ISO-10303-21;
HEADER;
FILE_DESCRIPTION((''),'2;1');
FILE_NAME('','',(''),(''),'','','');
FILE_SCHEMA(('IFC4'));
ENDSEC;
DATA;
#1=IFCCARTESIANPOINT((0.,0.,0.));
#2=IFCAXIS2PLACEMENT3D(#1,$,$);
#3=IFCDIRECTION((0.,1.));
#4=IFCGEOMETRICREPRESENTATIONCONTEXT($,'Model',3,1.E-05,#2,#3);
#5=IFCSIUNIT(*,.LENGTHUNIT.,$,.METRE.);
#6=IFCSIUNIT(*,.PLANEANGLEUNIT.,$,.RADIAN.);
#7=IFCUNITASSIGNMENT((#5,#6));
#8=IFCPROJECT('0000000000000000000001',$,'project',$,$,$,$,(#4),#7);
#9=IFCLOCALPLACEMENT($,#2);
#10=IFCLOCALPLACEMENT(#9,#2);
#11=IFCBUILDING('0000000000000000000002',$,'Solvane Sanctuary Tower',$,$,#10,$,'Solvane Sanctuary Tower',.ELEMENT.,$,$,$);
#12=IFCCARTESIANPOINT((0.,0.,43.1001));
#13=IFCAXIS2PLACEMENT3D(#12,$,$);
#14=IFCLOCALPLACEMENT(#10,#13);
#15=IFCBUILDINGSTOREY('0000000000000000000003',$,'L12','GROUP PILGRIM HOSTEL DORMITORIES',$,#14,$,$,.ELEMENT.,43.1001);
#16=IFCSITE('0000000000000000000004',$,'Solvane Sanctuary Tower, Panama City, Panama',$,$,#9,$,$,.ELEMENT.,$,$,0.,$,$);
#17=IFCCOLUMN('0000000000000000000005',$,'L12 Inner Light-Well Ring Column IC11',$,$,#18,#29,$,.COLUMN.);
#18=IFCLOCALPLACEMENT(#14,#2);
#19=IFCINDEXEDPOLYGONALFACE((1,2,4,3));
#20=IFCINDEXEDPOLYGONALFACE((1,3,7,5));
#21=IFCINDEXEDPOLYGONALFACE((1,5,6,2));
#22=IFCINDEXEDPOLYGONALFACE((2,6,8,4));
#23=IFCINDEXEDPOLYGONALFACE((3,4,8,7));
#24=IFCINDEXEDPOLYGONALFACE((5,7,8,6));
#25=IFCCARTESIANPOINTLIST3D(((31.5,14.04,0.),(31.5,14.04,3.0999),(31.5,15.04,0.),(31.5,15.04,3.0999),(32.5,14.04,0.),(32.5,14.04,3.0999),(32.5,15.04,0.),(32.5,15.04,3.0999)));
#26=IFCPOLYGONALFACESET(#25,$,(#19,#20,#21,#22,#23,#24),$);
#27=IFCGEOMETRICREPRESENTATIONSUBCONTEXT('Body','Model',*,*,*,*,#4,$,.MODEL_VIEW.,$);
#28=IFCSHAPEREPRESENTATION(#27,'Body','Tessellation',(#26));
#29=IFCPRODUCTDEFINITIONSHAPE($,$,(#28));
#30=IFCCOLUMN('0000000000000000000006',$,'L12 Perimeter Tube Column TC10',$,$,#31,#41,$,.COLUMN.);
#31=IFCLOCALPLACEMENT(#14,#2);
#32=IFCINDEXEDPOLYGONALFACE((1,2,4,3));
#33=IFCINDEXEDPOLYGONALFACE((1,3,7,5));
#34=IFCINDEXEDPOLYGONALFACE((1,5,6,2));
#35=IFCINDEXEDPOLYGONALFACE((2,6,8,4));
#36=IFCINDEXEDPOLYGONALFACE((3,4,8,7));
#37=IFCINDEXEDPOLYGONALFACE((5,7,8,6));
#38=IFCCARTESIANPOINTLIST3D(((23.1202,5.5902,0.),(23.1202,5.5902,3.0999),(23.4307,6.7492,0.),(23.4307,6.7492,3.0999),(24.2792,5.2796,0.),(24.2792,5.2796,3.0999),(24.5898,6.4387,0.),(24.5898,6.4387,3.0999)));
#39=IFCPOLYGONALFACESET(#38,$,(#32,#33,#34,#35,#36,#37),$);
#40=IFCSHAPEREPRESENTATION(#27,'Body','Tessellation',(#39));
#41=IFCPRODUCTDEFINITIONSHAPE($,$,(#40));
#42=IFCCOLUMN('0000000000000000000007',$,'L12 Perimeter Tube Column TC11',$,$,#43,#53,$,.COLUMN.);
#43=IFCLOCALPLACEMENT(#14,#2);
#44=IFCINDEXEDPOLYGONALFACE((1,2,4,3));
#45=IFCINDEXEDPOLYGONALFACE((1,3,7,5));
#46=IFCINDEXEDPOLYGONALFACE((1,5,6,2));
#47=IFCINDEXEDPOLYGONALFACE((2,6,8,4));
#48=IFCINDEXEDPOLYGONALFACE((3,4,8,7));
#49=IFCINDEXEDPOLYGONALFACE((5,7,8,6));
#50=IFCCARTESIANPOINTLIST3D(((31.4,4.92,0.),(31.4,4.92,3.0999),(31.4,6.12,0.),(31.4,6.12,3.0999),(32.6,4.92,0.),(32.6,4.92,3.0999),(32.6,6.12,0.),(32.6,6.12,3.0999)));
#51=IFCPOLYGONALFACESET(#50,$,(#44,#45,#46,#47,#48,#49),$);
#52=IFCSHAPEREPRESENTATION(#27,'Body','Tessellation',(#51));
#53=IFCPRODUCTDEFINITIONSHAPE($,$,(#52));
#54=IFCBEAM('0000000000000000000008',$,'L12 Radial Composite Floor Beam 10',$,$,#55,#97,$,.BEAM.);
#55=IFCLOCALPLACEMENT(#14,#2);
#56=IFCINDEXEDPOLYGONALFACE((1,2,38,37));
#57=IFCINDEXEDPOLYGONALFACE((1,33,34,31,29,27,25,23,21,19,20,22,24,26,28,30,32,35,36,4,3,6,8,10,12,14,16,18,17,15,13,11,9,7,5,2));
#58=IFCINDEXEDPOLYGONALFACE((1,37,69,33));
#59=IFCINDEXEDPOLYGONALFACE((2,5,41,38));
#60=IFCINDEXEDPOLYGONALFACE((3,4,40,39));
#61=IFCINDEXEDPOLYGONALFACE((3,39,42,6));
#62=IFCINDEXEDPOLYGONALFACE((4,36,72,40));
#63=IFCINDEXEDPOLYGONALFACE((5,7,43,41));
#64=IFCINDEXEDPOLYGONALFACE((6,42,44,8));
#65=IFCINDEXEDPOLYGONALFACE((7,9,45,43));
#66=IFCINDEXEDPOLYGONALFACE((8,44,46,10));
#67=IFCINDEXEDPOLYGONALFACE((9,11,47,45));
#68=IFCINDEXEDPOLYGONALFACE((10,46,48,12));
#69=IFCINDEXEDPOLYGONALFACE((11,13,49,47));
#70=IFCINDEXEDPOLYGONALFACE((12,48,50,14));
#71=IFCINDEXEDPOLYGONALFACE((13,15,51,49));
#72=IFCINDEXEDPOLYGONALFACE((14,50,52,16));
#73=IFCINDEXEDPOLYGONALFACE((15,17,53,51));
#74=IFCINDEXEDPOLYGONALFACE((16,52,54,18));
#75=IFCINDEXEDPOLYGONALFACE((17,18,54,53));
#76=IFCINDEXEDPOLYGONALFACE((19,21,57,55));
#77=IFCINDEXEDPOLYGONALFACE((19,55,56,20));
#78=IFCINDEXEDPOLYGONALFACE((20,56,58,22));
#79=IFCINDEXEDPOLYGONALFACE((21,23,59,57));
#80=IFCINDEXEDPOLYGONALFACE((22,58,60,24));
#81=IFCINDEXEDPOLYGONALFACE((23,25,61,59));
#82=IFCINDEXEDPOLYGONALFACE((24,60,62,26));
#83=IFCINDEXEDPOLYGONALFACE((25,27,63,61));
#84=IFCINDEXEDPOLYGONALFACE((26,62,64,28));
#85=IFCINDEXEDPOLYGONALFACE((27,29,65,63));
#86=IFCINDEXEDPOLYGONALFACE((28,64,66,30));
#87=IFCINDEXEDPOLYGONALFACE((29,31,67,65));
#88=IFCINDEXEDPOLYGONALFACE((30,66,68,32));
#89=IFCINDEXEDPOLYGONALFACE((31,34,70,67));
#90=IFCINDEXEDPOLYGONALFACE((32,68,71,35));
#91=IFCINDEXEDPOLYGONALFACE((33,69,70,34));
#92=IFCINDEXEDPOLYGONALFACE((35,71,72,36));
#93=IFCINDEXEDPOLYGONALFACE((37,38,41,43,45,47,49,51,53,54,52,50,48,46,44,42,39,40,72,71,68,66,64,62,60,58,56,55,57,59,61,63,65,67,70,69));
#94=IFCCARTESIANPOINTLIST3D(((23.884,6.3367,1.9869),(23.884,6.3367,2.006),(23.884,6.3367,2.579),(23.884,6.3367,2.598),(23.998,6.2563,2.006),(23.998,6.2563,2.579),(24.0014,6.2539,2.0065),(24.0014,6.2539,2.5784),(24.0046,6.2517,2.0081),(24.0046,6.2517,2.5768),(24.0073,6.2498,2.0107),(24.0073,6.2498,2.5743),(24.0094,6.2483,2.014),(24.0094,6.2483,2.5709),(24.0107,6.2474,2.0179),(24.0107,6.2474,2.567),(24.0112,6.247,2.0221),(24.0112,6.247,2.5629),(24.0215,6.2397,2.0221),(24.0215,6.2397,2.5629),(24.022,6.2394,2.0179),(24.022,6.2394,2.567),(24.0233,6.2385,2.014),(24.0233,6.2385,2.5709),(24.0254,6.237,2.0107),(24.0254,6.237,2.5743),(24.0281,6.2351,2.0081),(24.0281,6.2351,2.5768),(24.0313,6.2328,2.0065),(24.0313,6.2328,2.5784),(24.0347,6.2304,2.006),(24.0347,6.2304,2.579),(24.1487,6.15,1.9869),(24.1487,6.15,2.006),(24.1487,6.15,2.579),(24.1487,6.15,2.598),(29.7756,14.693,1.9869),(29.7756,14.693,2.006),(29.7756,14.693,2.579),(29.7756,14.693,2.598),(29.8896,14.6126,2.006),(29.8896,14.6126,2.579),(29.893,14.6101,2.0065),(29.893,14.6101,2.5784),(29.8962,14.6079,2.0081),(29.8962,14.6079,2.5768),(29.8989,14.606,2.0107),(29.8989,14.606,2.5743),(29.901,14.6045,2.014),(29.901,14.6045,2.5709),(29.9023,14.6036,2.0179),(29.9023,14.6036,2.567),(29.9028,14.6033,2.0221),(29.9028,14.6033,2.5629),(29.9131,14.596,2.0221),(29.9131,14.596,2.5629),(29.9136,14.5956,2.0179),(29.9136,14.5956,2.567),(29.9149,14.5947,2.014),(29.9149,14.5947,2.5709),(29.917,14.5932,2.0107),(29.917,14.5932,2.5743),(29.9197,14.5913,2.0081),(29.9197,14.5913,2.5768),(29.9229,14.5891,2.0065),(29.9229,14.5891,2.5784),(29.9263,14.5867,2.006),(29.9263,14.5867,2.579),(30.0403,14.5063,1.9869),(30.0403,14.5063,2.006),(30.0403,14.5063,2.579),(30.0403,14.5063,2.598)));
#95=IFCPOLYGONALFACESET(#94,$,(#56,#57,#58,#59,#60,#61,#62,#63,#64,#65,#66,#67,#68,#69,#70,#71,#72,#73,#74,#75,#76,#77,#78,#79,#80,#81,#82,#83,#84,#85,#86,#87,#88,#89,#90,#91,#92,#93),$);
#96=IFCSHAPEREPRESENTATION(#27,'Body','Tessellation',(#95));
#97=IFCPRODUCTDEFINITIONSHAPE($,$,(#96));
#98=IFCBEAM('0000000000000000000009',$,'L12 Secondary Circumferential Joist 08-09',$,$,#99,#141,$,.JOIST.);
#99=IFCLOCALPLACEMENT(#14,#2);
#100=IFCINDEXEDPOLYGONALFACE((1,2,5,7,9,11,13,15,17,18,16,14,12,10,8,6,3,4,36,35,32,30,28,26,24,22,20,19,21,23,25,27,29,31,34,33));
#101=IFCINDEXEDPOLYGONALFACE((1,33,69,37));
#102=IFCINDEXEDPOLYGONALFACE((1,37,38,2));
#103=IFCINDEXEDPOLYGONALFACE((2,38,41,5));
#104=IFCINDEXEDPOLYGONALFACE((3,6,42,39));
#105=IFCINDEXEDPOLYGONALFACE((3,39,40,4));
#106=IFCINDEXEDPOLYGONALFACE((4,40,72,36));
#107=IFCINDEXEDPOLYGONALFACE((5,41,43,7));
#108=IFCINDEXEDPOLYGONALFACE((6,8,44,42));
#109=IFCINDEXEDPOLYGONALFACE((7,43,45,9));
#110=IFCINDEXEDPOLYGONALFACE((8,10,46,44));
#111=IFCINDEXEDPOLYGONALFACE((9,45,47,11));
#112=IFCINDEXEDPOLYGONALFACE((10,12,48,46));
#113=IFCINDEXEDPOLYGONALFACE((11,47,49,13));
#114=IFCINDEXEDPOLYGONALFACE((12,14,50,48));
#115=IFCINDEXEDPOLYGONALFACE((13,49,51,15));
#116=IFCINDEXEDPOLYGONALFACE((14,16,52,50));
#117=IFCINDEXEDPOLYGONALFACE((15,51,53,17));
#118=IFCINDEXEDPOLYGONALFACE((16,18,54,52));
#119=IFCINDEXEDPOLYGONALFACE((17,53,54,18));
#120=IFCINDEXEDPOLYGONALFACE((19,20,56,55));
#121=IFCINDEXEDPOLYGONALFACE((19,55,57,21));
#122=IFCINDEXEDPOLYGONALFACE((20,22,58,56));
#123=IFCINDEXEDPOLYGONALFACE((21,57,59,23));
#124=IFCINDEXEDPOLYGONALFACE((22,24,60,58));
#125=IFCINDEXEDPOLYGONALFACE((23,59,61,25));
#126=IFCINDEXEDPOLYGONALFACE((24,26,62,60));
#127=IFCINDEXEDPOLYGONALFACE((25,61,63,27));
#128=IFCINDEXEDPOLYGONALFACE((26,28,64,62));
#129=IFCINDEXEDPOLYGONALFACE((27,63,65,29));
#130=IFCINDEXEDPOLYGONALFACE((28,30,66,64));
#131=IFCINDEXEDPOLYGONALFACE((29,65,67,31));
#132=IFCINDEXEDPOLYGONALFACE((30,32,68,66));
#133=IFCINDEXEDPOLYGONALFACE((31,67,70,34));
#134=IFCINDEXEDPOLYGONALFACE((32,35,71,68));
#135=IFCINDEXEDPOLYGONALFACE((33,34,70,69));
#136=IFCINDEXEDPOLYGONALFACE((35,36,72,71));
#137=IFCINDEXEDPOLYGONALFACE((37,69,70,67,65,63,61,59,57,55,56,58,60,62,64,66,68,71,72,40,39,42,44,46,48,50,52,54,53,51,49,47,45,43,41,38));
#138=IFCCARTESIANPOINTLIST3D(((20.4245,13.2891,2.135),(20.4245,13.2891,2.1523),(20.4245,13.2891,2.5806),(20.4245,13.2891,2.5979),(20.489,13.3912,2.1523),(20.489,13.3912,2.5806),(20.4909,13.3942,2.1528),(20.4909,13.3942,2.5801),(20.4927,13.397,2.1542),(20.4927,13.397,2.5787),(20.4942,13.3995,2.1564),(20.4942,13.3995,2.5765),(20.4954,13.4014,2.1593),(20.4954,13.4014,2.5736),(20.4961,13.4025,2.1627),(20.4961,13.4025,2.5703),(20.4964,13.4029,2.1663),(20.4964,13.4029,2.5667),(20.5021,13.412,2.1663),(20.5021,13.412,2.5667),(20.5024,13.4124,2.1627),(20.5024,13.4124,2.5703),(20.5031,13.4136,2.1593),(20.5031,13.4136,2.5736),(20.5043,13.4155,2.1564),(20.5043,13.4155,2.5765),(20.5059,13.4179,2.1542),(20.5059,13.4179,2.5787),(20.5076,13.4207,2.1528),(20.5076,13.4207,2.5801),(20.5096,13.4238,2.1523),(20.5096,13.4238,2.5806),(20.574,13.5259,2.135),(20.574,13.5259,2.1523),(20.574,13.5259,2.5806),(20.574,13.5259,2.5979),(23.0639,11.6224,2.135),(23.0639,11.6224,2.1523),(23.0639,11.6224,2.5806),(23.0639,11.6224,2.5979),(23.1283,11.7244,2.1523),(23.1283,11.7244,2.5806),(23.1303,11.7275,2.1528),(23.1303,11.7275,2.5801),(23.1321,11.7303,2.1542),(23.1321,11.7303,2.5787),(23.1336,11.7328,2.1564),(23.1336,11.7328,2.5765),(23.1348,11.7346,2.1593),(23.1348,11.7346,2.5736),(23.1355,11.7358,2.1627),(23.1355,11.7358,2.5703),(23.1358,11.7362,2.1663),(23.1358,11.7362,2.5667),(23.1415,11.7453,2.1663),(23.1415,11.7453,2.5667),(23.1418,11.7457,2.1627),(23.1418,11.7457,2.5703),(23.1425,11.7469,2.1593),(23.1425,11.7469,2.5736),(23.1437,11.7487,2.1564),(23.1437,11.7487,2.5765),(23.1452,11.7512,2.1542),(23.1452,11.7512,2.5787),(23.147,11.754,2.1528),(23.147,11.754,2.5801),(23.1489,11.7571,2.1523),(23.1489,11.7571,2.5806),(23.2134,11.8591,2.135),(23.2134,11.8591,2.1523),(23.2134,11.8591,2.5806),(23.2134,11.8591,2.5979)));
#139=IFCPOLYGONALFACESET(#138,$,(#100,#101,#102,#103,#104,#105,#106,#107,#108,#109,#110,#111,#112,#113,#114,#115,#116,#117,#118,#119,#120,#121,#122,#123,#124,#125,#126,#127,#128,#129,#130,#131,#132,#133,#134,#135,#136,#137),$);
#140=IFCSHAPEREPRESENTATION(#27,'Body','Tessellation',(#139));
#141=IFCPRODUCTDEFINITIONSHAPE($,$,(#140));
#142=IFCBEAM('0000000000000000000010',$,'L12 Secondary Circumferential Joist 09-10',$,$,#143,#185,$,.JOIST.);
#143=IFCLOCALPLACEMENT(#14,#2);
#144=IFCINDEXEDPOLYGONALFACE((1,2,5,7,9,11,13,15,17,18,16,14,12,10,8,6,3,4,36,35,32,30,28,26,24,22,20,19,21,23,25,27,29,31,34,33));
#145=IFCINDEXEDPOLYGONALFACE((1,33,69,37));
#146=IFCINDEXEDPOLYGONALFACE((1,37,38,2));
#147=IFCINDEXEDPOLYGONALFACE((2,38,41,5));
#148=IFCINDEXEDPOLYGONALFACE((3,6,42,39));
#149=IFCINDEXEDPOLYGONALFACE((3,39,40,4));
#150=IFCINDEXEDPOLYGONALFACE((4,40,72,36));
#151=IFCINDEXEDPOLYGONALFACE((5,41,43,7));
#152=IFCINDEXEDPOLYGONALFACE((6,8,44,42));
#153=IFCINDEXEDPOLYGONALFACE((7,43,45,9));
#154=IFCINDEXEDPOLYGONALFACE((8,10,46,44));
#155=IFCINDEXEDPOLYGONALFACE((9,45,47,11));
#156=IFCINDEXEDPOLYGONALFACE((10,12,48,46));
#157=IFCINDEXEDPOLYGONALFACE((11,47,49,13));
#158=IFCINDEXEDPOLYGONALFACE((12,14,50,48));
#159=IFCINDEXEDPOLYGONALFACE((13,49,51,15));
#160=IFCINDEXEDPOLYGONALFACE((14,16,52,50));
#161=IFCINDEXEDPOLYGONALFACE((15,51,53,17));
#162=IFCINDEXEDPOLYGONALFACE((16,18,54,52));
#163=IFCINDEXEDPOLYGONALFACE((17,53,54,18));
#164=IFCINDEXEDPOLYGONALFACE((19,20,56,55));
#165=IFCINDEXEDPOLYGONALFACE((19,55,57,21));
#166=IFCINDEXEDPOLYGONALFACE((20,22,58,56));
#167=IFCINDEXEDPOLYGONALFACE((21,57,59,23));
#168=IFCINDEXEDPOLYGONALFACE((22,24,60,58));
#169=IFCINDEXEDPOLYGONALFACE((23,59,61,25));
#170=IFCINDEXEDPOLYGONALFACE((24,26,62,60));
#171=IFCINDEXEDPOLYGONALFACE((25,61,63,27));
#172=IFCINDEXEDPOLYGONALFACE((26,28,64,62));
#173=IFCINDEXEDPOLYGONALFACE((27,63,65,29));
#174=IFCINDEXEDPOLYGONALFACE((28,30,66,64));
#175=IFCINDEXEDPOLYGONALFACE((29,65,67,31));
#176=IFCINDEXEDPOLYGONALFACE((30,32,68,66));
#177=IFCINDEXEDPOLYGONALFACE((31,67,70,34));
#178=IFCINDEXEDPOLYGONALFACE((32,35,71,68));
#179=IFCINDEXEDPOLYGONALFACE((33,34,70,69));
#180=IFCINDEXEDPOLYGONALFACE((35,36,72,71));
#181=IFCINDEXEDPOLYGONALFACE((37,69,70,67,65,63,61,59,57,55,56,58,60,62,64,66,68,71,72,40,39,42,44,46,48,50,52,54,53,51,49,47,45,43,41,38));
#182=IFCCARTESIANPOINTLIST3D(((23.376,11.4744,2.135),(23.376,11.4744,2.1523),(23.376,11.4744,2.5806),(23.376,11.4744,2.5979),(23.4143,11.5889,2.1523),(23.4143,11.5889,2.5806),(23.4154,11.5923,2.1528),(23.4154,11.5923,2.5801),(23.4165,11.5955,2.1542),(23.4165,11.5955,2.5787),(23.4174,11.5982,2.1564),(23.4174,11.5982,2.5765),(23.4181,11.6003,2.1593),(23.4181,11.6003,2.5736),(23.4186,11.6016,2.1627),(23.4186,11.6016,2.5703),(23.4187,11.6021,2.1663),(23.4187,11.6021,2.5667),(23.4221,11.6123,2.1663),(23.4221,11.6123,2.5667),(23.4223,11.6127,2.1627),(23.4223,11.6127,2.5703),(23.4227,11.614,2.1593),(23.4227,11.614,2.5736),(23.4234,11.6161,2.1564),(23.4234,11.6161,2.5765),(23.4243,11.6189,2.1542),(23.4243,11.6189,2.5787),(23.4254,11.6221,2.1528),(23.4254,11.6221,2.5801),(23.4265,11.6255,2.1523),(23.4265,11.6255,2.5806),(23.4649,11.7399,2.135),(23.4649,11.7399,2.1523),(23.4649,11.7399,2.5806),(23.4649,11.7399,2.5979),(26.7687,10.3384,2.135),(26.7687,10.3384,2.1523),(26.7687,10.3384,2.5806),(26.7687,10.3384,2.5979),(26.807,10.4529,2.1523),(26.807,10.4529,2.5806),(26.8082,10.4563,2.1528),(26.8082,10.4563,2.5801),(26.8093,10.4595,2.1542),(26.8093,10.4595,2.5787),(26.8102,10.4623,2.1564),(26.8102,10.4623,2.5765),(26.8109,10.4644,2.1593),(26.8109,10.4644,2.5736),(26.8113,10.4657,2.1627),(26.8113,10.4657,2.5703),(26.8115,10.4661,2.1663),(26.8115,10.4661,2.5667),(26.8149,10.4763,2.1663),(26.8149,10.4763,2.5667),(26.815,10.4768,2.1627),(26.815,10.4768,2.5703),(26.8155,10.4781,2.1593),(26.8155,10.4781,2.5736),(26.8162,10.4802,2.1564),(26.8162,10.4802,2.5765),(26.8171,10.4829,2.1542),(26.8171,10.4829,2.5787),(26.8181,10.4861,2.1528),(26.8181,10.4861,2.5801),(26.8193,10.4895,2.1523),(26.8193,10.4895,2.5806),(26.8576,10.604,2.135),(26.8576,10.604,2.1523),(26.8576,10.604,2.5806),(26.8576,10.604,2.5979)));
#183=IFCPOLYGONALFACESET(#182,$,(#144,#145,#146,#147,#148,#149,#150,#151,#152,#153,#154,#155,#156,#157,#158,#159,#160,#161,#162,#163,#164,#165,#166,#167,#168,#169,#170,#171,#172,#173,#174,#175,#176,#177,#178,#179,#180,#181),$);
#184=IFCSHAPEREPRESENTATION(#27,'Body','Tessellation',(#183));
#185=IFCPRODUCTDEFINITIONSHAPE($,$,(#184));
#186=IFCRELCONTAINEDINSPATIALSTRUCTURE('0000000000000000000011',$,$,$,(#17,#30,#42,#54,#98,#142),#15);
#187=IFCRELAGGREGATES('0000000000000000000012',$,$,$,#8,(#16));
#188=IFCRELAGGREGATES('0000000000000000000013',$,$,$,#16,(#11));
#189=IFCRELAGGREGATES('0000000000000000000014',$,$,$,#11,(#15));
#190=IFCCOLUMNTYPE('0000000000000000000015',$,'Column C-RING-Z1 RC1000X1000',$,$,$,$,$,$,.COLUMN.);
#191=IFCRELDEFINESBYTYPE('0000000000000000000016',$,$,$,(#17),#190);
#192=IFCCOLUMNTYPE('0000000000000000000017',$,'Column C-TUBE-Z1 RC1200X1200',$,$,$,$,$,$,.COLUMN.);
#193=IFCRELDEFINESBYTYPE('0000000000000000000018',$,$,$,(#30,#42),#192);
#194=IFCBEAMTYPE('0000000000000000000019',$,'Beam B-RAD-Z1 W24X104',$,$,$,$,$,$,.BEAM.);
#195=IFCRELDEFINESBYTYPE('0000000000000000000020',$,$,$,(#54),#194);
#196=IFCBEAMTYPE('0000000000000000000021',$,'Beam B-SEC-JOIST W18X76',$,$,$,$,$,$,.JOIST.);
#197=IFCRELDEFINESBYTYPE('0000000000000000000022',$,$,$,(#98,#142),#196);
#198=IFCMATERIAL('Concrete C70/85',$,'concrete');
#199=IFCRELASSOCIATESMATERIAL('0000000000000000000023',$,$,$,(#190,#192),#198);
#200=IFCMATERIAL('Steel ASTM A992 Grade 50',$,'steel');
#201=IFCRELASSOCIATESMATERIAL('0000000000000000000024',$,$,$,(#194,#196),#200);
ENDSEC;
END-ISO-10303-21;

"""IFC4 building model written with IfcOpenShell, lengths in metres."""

from ifc_helpers import new_model, si_unit, direction, frame, origin, origin_2d, place, context, subcontext, project, spatial, rectangle, i_section, extrude, material, material_profile, profile_set, type_object, element, save


model = new_model("IFC4")

# Units and contexts
model_context = context("Model", 3, precision=1e-05, world=origin(), true_north=direction((0.0, 1.0)))
body_context = subcontext(model_context, "Body", "Model", "MODEL_VIEW")
ifc_project = project(units=[si_unit("LENGTHUNIT", "METRE"), si_unit("PLANEANGLEUNIT", "RADIAN")], contexts=[model_context])

# Site, building, storey
site_placement = place(None, origin())
site = spatial("IfcSite", under=ifc_project, at=site_placement, Name="Solvane Sanctuary Tower, Panama City, Panama", CompositionType="ELEMENT", RefElevation=0.0)
building_placement = place(site_placement, origin())
building = spatial("IfcBuilding", under=site, at=building_placement, Name="Solvane Sanctuary Tower", LongName="Solvane Sanctuary Tower", CompositionType="ELEMENT")
storey_placement = place(building_placement, frame((0.0, 0.0, 43.1001)))
storey = spatial("IfcBuildingStorey", under=building, at=storey_placement, Name="L12", Description="GROUP PILGRIM HOSTEL DORMITORIES", CompositionType="ELEMENT", Elevation=43.1001)

# Columns
ifc_material_1 = material(Name="Concrete C70/85", Category="concrete")
ifc_material_profile_1 = material_profile(ifc_material_1, rectangle(XDim=1.0, YDim=1.0, at=origin_2d()), Name="RC1000X1000")
ifc_profile_set_1 = profile_set([ifc_material_profile_1], Name="Concrete C70/85")
column_type_1 = type_object("IfcColumnType", Name="Column C-RING-Z1 RC1000X1000", PredefinedType="COLUMN", material=ifc_profile_set_1)
column_placement = place(storey_placement, frame((32.0, 14.54, 0.0), z_axis=(0.0, 0.0, 1.0), x_axis=(1.0, 0.0, 0.0)))
element("IfcColumn", 1, at=column_placement, inside=storey, type_object=column_type_1, Name="L12 Inner Light-Well Ring Column IC11", PredefinedType="COLUMN", context=body_context, shape_type="SweptSolid", body=[
    extrude(rectangle(XDim=1.0, YDim=1.0, at=origin_2d()), origin(), (0.0, 0.0, 1.0), 3.0999),
])
ifc_material_profile_2 = material_profile(ifc_material_1, rectangle(XDim=1.2, YDim=1.2, at=origin_2d()), Name="RC1200X1200")
ifc_profile_set_2 = profile_set([ifc_material_profile_2], Name="Concrete C70/85")
column_type_2 = type_object("IfcColumnType", Name="Column C-TUBE-Z1 RC1200X1200", PredefinedType="COLUMN", material=ifc_profile_set_2)
for number, where, z_axis, x_axis, name in (
    (2, (23.855, 6.0144, 0.0), (0.0, 0.0, 1.0), (-0.258819, -0.965926, 0.0), "L12 Perimeter Tube Column TC10"),
    (3, (32.0, 5.52, 0.0), (0.0, 0.0, 1.0), (0.0, -1.0, 0.0), "L12 Perimeter Tube Column TC11"),
):
    element("IfcColumn", number, at=place(storey_placement, frame(where, z_axis=z_axis, x_axis=x_axis)), inside=storey, type_object=column_type_2, Name=name, PredefinedType="COLUMN", context=body_context, shape_type="SweptSolid", body=[
        extrude(rectangle(XDim=1.2, YDim=1.2, at=origin_2d()), origin(), (0.0, 0.0, 1.0), 3.0999),
    ])

# Beams
ifc_material_2 = material(Name="Steel ASTM A992 Grade 50", Category="steel")
ifc_material_profile_3 = material_profile(ifc_material_2, i_section(OverallWidth=0.324, OverallDepth=0.6111, WebThickness=0.0127, FlangeThickness=0.019, FilletRadius=0.0161, at=origin_2d()), Name="W24X104")
ifc_profile_set_3 = profile_set([ifc_material_profile_3], Name="Steel ASTM A992 Grade 50")
beam_type_1 = type_object("IfcBeamType", Name="Beam B-RAD-Z1 W24X104", PredefinedType="BEAM", material=ifc_profile_set_3)
beam_1_placement = place(storey_placement, frame((29.908, 14.5996, 2.2925), z_axis=(-0.576233, -0.817285, 0.0), x_axis=(0.817285, -0.576233, 0.0)))
element("IfcBeam", 4, at=beam_1_placement, inside=storey, type_object=beam_type_1, Name="L12 Radial Composite Floor Beam 10", PredefinedType="BEAM", context=body_context, shape_type="SweptSolid", body=[
    extrude(i_section(OverallWidth=0.324, OverallDepth=0.6111, WebThickness=0.0127, FlangeThickness=0.019, FilletRadius=0.0161, at=origin_2d()), origin(), (0.0, 0.0, 1.0), 10.2244),
])
ifc_material_profile_4 = material_profile(ifc_material_2, i_section(OverallWidth=0.28, OverallDepth=0.4629, WebThickness=0.0107, FlangeThickness=0.0173, FilletRadius=0.0139, at=origin_2d()), Name="W18X76")
ifc_profile_set_4 = profile_set([ifc_material_profile_4], Name="Steel ASTM A992 Grade 50")
beam_type_2 = type_object("IfcBeamType", Name="Beam B-SEC-JOIST W18X76", PredefinedType="JOIST", material=ifc_profile_set_4)
beam_2_placement = place(storey_placement, frame((20.4993, 13.4075, 2.3665), z_axis=(0.845524, -0.533937, 0.0), x_axis=(0.533937, 0.845524, 0.0)))
element("IfcBeam", 5, at=beam_2_placement, inside=storey, type_object=beam_type_2, Name="L12 Secondary Circumferential Joist 08-09", PredefinedType="JOIST", context=body_context, shape_type="SweptSolid", body=[
    extrude(i_section(OverallWidth=0.28, OverallDepth=0.4629, WebThickness=0.0107, FlangeThickness=0.0173, FilletRadius=0.0139, at=origin_2d()), origin(), (0.0, 0.0, 1.0), 3.1216),
])
beam_3_placement = place(storey_placement, frame((23.4204, 11.6072, 2.3665), z_axis=(0.948259, -0.317497, 0.0), x_axis=(0.317497, 0.948259, 0.0)))
element("IfcBeam", 6, at=beam_3_placement, inside=storey, type_object=beam_type_2, Name="L12 Secondary Circumferential Joist 09-10", PredefinedType="JOIST", context=body_context, shape_type="SweptSolid", body=[
    extrude(i_section(OverallWidth=0.28, OverallDepth=0.4629, WebThickness=0.0107, FlangeThickness=0.0173, FilletRadius=0.0139, at=origin_2d()), origin(), (0.0, 0.0, 1.0), 3.5779),
])

save(model, "model.ifc")
